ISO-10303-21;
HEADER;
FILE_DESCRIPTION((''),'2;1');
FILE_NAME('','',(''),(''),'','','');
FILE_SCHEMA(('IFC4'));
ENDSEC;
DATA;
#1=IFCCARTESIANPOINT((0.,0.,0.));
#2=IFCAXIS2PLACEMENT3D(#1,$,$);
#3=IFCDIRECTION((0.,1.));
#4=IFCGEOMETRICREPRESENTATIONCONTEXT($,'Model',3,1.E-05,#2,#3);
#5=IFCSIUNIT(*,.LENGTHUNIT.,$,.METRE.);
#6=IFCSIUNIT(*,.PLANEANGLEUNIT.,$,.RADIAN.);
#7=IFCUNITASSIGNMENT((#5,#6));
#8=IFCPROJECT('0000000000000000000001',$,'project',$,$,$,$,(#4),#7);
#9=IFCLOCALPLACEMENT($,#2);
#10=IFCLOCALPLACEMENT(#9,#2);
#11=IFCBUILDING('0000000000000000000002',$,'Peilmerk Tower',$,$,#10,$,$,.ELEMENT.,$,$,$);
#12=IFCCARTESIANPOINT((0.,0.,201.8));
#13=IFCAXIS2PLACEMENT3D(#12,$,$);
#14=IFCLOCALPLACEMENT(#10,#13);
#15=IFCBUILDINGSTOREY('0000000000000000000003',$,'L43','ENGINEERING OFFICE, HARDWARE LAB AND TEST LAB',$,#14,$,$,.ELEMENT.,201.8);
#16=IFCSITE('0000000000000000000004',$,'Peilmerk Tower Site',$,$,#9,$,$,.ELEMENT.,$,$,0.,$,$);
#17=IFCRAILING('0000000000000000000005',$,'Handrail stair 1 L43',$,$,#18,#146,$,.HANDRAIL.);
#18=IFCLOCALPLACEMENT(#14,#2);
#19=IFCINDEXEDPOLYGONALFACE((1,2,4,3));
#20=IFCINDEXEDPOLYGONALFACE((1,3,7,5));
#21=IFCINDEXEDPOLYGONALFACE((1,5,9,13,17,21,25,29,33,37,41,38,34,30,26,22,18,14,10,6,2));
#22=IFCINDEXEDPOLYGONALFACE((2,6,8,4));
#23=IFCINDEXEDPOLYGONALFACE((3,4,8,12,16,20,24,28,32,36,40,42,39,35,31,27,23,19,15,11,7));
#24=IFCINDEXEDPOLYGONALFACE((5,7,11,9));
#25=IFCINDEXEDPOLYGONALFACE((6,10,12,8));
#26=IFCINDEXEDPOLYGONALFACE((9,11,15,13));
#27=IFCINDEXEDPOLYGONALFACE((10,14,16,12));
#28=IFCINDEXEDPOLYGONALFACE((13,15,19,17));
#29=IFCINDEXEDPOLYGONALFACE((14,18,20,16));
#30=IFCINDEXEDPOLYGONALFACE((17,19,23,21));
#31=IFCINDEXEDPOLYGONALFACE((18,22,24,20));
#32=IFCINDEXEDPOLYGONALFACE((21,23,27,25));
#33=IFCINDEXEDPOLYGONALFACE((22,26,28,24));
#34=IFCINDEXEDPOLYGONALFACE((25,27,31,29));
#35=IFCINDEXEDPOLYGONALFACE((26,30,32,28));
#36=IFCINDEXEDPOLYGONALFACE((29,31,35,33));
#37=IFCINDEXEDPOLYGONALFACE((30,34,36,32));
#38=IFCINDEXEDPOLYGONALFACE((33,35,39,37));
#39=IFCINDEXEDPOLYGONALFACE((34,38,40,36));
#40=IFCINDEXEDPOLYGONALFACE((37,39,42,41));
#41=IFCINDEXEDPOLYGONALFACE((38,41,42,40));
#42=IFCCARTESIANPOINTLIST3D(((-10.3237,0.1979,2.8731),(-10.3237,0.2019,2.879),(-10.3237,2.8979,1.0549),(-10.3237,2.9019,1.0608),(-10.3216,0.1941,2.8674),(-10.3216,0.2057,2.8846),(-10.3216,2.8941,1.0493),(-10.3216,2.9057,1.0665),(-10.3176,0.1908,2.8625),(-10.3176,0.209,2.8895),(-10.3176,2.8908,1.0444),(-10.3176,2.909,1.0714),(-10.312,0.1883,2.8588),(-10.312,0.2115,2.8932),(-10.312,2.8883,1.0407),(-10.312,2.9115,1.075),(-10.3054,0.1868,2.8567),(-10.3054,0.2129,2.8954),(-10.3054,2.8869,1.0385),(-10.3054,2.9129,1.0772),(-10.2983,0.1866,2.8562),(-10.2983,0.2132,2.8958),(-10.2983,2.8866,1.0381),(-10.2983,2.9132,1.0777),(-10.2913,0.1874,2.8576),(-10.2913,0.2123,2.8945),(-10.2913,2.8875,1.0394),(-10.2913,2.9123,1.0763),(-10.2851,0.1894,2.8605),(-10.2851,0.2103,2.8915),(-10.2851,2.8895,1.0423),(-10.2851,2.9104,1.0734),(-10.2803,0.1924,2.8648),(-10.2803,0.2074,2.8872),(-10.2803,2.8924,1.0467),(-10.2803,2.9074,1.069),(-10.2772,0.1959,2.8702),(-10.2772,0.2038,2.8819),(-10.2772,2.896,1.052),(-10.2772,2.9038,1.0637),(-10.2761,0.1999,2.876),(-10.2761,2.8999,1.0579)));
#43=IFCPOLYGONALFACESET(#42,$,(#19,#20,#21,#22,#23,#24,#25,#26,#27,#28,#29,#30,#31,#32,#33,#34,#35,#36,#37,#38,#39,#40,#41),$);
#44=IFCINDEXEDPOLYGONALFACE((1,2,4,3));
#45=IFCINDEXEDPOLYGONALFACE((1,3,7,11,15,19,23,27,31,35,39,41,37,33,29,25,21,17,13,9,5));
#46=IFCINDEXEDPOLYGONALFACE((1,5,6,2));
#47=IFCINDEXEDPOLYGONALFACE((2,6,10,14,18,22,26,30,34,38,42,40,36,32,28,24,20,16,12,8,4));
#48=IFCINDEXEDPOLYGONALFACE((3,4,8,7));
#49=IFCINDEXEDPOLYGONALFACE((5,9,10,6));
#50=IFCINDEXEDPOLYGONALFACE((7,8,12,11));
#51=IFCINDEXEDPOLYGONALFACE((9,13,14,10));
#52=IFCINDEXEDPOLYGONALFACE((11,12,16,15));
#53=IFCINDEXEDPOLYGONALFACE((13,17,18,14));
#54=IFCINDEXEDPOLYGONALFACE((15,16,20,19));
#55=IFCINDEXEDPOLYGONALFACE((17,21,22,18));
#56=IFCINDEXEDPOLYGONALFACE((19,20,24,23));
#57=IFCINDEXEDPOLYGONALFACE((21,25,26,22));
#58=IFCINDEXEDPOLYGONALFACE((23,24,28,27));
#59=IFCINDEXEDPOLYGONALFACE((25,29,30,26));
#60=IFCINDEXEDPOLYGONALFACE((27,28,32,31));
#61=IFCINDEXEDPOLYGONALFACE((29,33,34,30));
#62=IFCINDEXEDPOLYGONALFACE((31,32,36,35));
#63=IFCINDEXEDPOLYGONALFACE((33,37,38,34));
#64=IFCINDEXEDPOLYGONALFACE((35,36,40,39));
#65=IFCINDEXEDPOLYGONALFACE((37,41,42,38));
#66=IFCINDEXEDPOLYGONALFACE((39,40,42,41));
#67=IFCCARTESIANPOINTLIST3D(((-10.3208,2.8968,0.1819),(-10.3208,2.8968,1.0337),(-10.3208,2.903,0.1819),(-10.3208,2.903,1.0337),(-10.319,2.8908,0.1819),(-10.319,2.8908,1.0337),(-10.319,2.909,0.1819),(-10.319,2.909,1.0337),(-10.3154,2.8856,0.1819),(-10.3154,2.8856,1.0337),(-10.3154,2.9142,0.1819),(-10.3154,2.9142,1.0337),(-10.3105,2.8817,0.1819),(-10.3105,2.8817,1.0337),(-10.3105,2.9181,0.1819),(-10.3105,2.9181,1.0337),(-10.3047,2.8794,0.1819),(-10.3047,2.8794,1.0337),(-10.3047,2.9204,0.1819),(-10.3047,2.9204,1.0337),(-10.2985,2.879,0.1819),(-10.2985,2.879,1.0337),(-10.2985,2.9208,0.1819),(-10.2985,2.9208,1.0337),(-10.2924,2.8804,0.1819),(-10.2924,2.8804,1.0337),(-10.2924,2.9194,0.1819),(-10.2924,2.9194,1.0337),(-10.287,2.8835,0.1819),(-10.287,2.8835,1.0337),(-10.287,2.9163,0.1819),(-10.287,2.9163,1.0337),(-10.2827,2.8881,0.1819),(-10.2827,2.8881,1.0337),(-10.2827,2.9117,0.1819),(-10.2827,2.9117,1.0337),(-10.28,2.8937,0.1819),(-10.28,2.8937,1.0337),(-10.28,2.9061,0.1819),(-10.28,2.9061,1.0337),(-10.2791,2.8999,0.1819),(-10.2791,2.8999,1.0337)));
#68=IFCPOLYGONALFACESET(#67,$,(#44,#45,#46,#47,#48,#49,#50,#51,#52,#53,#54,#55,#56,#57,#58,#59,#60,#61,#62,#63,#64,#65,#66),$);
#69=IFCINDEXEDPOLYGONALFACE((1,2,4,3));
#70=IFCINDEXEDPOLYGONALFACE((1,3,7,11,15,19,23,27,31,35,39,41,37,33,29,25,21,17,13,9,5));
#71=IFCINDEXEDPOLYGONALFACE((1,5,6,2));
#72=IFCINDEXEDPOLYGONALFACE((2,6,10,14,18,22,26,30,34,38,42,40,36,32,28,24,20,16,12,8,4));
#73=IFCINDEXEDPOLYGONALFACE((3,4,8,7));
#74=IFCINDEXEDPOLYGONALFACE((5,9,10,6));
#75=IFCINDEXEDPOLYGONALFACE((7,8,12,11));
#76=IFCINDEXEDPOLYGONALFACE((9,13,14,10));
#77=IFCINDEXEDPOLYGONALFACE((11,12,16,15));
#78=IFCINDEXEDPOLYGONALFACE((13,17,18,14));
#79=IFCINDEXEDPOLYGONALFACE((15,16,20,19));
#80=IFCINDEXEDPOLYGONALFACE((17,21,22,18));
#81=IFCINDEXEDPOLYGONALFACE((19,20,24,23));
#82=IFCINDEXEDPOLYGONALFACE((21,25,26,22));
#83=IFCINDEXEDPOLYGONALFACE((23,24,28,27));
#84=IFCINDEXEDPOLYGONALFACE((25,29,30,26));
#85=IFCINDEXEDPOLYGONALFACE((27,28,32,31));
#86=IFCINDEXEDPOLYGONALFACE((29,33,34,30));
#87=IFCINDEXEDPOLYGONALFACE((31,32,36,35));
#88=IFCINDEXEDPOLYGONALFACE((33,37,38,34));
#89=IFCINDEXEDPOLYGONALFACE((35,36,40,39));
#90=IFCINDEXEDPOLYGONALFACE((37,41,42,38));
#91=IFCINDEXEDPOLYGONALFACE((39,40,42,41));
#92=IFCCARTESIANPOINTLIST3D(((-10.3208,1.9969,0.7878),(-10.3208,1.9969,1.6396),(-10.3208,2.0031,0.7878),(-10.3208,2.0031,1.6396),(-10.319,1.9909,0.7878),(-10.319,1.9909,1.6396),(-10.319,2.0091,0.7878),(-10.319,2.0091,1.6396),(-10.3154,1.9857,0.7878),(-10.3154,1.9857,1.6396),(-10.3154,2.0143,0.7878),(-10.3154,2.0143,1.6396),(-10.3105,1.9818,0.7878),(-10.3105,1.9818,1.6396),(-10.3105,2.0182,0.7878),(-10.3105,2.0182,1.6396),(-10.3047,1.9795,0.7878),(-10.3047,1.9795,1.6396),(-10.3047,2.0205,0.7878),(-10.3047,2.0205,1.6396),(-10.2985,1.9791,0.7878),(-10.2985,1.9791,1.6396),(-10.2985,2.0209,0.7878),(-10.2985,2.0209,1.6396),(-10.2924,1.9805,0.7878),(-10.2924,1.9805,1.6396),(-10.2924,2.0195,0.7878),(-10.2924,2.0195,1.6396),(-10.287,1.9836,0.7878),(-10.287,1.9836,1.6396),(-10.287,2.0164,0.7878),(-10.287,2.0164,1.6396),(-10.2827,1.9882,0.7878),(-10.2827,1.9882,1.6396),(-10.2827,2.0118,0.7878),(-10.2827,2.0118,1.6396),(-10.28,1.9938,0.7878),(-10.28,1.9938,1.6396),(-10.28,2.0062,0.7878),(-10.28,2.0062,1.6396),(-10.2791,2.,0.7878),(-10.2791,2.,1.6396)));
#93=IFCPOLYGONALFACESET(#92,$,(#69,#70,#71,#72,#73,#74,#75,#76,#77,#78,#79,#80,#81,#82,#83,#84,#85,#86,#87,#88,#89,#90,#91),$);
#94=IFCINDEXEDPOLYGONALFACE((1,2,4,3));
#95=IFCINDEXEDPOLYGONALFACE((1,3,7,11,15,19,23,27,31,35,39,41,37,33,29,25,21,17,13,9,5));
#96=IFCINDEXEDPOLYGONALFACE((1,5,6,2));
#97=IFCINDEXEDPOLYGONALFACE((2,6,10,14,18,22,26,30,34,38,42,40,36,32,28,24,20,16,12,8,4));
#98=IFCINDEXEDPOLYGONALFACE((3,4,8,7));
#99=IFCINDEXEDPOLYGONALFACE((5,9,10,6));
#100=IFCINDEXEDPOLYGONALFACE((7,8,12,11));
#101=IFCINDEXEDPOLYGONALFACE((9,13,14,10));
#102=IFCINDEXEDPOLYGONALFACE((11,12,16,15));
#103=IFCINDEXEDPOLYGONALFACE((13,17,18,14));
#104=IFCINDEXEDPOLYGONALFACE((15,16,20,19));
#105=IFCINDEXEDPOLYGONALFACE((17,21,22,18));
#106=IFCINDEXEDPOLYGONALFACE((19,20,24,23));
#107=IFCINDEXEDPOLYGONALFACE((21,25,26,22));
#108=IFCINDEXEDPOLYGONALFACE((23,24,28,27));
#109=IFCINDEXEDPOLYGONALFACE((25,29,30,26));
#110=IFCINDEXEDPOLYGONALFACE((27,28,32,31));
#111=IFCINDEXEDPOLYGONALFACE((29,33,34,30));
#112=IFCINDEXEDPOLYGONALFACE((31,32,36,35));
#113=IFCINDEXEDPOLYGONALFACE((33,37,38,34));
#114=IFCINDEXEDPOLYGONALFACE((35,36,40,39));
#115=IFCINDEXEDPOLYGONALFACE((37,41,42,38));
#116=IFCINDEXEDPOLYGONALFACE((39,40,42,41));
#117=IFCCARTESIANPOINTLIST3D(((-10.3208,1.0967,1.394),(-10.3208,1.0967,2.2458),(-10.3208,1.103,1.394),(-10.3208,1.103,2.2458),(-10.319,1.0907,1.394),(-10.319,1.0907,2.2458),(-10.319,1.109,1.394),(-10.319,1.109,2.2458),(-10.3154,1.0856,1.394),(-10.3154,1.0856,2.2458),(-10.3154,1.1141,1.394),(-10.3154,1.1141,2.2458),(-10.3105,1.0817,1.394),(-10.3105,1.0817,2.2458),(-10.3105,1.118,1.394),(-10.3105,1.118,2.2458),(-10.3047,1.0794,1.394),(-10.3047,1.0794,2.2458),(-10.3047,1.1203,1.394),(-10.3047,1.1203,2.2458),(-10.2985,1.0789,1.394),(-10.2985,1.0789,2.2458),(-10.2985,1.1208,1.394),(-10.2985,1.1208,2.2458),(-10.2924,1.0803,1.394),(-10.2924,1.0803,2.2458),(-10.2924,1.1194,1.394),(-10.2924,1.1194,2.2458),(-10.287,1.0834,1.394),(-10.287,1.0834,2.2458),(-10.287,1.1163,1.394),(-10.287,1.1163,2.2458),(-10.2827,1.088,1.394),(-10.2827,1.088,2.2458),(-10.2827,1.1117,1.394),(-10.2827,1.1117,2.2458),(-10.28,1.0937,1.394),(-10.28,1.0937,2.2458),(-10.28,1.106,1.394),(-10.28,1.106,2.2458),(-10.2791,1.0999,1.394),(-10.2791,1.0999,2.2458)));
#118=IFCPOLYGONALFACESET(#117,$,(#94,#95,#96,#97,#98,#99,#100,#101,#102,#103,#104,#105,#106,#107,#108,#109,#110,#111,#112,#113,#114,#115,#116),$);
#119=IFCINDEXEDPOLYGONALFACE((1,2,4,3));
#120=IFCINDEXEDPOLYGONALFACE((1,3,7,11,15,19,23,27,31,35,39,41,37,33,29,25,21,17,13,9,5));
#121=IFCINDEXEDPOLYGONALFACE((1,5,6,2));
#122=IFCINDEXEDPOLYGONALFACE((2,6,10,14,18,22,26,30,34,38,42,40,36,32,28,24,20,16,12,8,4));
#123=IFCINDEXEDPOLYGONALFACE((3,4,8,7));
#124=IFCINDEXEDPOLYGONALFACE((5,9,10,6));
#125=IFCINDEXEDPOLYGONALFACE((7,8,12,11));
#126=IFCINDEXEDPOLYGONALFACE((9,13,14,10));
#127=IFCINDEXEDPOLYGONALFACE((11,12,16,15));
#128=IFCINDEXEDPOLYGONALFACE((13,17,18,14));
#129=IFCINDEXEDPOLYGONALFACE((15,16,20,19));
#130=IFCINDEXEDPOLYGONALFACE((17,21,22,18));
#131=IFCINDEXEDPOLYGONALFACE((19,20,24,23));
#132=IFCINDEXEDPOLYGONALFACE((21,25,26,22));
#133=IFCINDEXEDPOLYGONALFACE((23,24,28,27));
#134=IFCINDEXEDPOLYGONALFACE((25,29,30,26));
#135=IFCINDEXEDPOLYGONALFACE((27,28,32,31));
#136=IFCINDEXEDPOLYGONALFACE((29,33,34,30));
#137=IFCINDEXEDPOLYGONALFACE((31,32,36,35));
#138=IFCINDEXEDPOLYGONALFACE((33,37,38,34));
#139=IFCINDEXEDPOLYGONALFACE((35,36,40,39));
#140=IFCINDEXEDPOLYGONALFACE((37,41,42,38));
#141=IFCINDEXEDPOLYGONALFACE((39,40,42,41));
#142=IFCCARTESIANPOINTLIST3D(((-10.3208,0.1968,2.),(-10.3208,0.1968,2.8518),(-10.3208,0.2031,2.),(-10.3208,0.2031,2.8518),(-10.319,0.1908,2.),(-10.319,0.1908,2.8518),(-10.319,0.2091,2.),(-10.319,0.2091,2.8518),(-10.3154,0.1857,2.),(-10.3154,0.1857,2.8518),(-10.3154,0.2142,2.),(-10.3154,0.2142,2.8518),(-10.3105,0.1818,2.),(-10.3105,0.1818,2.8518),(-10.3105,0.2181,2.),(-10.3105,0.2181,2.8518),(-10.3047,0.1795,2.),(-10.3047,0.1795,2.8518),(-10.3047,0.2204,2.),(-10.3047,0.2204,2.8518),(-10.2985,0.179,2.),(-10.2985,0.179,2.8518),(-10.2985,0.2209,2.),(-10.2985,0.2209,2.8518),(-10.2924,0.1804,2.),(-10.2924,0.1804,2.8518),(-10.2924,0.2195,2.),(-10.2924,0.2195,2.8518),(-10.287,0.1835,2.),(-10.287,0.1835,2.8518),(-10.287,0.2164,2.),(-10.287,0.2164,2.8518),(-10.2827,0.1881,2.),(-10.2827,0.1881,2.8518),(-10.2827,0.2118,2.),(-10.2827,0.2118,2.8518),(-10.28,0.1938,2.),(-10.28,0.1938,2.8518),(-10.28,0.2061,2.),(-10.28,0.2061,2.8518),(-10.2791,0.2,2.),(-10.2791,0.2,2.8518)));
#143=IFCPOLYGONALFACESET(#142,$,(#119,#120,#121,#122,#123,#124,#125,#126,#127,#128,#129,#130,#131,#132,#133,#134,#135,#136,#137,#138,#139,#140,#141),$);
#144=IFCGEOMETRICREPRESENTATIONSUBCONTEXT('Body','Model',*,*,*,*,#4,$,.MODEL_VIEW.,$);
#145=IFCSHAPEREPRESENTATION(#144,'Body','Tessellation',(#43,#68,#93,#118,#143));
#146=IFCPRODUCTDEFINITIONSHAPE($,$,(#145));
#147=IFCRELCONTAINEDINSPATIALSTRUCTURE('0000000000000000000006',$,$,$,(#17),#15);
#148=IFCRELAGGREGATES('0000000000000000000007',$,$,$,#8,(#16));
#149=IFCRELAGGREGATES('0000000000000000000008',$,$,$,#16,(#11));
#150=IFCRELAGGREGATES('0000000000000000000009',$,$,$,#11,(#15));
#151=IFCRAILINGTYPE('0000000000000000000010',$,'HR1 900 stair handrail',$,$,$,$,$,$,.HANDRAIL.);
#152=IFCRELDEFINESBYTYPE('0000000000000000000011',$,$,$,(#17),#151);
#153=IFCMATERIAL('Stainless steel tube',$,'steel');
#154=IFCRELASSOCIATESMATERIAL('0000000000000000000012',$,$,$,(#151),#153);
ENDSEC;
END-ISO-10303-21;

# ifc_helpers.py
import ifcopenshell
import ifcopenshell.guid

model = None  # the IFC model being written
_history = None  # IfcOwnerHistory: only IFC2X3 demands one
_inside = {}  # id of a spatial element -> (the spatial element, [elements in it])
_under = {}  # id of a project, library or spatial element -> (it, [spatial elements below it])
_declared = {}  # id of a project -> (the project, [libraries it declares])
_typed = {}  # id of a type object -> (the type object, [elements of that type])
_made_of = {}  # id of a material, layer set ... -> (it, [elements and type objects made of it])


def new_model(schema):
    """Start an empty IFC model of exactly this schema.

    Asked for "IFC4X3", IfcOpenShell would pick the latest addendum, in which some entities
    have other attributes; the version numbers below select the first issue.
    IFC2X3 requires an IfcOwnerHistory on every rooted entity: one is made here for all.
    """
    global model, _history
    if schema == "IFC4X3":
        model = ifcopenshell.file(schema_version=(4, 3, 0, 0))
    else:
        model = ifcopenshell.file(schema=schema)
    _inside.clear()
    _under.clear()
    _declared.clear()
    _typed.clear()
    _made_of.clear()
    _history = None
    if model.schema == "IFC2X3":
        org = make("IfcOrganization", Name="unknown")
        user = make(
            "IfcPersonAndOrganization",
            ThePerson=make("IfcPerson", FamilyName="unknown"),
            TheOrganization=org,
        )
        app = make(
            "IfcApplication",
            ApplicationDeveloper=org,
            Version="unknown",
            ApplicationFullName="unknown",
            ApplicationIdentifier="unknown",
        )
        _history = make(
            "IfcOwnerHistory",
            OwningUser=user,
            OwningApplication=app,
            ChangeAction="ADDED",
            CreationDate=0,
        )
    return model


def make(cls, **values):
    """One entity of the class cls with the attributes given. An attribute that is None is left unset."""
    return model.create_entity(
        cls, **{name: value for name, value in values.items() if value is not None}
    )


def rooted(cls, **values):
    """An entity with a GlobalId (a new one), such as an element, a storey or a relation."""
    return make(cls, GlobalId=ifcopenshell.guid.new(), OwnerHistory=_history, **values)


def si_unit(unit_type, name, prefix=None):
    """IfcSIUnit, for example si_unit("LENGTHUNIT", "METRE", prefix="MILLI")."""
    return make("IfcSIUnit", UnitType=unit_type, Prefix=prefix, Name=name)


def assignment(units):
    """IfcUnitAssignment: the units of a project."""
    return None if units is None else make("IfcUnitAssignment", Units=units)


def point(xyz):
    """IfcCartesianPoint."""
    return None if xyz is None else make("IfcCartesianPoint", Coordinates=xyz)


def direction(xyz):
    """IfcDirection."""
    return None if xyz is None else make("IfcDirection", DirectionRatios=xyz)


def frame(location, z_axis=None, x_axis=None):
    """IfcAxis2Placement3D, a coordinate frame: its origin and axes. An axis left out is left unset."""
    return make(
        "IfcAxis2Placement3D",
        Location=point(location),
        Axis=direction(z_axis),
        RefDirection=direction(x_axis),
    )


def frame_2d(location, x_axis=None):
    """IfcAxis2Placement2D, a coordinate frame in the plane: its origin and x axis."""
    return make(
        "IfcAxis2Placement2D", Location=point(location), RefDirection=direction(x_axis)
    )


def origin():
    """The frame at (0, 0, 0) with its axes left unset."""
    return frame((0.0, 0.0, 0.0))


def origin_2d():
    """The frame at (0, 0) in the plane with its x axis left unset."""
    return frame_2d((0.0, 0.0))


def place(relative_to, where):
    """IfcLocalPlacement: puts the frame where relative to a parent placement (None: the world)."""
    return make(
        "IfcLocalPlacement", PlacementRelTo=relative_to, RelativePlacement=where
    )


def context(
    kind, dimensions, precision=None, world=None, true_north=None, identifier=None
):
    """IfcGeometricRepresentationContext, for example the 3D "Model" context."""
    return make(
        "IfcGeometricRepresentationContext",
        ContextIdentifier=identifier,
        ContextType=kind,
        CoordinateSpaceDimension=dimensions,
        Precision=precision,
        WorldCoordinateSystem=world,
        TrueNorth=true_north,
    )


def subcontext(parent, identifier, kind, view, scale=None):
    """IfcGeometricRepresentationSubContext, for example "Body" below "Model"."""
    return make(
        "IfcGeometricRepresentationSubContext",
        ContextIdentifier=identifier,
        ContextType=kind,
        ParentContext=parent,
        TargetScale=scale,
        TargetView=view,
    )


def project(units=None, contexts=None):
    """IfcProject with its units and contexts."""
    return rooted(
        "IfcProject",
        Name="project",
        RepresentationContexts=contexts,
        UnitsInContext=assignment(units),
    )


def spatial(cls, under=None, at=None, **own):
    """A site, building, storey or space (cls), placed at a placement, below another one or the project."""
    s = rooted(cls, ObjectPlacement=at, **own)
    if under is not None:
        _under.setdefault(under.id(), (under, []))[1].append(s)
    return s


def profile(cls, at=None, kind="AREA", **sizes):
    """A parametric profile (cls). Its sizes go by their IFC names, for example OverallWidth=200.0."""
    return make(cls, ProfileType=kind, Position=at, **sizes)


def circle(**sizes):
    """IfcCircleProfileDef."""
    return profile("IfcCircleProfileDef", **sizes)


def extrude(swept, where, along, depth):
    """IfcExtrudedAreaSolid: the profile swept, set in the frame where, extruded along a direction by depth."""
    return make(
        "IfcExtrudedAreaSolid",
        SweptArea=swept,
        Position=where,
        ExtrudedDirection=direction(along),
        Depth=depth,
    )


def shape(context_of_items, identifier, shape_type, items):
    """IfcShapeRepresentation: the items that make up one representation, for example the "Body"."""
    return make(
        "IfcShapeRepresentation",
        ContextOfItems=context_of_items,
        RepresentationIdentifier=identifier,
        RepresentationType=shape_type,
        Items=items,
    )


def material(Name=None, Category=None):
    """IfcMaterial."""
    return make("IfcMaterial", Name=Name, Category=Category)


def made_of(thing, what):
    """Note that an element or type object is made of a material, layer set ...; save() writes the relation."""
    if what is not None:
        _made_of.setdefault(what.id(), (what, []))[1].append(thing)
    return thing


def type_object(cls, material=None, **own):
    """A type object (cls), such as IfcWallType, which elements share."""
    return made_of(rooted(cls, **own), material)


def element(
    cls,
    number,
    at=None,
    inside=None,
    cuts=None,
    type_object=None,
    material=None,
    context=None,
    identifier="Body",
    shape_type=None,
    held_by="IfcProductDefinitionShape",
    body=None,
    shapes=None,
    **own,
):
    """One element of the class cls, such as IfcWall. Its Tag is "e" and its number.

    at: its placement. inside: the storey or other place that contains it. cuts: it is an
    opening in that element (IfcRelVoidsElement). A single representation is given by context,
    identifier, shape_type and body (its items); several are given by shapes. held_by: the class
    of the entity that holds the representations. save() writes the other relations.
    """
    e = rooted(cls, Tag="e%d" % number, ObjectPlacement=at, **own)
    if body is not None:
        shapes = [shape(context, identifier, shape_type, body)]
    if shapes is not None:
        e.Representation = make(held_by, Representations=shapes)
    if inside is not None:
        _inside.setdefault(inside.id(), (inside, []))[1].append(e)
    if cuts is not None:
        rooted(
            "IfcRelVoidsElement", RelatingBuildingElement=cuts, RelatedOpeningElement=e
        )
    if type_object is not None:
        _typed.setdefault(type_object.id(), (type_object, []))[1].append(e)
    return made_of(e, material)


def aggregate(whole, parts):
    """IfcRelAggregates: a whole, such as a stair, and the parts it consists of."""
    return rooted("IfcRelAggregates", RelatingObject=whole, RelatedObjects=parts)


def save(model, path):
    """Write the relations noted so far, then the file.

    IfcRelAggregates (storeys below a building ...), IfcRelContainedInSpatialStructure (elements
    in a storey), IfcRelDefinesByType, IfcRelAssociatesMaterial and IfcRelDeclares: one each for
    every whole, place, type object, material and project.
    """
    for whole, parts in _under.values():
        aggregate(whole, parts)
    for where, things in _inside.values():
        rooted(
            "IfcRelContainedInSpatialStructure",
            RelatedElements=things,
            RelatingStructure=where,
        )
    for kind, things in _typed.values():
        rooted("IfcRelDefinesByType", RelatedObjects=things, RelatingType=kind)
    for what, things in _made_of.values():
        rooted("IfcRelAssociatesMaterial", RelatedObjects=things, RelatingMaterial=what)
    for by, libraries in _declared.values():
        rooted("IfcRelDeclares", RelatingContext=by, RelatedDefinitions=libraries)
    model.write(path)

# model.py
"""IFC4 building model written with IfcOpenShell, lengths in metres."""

from ifc_helpers import new_model, si_unit, direction, frame, origin, origin_2d, place, context, subcontext, project, spatial, circle, extrude, material, type_object, element, save


model = new_model("IFC4")

# Units and contexts
model_context = context("Model", 3, precision=1e-05, world=origin(), true_north=direction((0.0, 1.0)))
body_context = subcontext(model_context, "Body", "Model", "MODEL_VIEW")
ifc_project = project(units=[si_unit("LENGTHUNIT", "METRE"), si_unit("PLANEANGLEUNIT", "RADIAN")], contexts=[model_context])

# Site, building, storey
site_placement = place(None, origin())
site = spatial("IfcSite", under=ifc_project, at=site_placement, Name="Peilmerk Tower Site", CompositionType="ELEMENT", RefElevation=0.0)
building_placement = place(site_placement, origin())
building = spatial("IfcBuilding", under=site, at=building_placement, Name="Peilmerk Tower", CompositionType="ELEMENT")
storey_placement = place(building_placement, frame((0.0, 0.0, 201.8)))
storey = spatial("IfcBuildingStorey", under=building, at=storey_placement, Name="L43", Description="ENGINEERING OFFICE, HARDWARE LAB AND TEST LAB", CompositionType="ELEMENT", Elevation=201.8)

# Railing
ifc_material_1 = material(Name="Stainless steel tube", Category="steel")
railing_type_1 = type_object("IfcRailingType", Name="HR1 900 stair handrail", PredefinedType="HANDRAIL", material=ifc_material_1)
railing_1_placement = place(storey_placement, frame((-10.3, 2.8999, 0.1819)))
element("IfcRailing", 1, at=railing_1_placement, inside=storey, type_object=railing_type_1, Name="Handrail stair 1 L43", PredefinedType="HANDRAIL", context=body_context, shape_type="SweptSolid", body=[
    extrude(circle(Radius=0.0239, at=origin_2d()), frame((0.0, 0.0, 0.876), z_axis=(0.0, -0.829468, 0.558554), x_axis=(1.0, 0.0, 0.0)), (0.0, 0.0, 1.0), 3.2551),
    extrude(circle(Radius=0.021, at=origin_2d()), origin(), (0.0, 0.0, 1.0), 0.8518),
    extrude(circle(Radius=0.021, at=origin_2d()), frame((0.0, -0.8999, 0.606)), (0.0, 0.0, 1.0), 0.8518),
    extrude(circle(Radius=0.021, at=origin_2d()), frame((0.0, -1.8, 1.2122)), (0.0, 0.0, 1.0), 0.8518),
    extrude(circle(Radius=0.021, at=origin_2d()), frame((0.0, -2.7, 1.8181)), (0.0, 0.0, 1.0), 0.8518),
])

save(model, "model.ifc")
